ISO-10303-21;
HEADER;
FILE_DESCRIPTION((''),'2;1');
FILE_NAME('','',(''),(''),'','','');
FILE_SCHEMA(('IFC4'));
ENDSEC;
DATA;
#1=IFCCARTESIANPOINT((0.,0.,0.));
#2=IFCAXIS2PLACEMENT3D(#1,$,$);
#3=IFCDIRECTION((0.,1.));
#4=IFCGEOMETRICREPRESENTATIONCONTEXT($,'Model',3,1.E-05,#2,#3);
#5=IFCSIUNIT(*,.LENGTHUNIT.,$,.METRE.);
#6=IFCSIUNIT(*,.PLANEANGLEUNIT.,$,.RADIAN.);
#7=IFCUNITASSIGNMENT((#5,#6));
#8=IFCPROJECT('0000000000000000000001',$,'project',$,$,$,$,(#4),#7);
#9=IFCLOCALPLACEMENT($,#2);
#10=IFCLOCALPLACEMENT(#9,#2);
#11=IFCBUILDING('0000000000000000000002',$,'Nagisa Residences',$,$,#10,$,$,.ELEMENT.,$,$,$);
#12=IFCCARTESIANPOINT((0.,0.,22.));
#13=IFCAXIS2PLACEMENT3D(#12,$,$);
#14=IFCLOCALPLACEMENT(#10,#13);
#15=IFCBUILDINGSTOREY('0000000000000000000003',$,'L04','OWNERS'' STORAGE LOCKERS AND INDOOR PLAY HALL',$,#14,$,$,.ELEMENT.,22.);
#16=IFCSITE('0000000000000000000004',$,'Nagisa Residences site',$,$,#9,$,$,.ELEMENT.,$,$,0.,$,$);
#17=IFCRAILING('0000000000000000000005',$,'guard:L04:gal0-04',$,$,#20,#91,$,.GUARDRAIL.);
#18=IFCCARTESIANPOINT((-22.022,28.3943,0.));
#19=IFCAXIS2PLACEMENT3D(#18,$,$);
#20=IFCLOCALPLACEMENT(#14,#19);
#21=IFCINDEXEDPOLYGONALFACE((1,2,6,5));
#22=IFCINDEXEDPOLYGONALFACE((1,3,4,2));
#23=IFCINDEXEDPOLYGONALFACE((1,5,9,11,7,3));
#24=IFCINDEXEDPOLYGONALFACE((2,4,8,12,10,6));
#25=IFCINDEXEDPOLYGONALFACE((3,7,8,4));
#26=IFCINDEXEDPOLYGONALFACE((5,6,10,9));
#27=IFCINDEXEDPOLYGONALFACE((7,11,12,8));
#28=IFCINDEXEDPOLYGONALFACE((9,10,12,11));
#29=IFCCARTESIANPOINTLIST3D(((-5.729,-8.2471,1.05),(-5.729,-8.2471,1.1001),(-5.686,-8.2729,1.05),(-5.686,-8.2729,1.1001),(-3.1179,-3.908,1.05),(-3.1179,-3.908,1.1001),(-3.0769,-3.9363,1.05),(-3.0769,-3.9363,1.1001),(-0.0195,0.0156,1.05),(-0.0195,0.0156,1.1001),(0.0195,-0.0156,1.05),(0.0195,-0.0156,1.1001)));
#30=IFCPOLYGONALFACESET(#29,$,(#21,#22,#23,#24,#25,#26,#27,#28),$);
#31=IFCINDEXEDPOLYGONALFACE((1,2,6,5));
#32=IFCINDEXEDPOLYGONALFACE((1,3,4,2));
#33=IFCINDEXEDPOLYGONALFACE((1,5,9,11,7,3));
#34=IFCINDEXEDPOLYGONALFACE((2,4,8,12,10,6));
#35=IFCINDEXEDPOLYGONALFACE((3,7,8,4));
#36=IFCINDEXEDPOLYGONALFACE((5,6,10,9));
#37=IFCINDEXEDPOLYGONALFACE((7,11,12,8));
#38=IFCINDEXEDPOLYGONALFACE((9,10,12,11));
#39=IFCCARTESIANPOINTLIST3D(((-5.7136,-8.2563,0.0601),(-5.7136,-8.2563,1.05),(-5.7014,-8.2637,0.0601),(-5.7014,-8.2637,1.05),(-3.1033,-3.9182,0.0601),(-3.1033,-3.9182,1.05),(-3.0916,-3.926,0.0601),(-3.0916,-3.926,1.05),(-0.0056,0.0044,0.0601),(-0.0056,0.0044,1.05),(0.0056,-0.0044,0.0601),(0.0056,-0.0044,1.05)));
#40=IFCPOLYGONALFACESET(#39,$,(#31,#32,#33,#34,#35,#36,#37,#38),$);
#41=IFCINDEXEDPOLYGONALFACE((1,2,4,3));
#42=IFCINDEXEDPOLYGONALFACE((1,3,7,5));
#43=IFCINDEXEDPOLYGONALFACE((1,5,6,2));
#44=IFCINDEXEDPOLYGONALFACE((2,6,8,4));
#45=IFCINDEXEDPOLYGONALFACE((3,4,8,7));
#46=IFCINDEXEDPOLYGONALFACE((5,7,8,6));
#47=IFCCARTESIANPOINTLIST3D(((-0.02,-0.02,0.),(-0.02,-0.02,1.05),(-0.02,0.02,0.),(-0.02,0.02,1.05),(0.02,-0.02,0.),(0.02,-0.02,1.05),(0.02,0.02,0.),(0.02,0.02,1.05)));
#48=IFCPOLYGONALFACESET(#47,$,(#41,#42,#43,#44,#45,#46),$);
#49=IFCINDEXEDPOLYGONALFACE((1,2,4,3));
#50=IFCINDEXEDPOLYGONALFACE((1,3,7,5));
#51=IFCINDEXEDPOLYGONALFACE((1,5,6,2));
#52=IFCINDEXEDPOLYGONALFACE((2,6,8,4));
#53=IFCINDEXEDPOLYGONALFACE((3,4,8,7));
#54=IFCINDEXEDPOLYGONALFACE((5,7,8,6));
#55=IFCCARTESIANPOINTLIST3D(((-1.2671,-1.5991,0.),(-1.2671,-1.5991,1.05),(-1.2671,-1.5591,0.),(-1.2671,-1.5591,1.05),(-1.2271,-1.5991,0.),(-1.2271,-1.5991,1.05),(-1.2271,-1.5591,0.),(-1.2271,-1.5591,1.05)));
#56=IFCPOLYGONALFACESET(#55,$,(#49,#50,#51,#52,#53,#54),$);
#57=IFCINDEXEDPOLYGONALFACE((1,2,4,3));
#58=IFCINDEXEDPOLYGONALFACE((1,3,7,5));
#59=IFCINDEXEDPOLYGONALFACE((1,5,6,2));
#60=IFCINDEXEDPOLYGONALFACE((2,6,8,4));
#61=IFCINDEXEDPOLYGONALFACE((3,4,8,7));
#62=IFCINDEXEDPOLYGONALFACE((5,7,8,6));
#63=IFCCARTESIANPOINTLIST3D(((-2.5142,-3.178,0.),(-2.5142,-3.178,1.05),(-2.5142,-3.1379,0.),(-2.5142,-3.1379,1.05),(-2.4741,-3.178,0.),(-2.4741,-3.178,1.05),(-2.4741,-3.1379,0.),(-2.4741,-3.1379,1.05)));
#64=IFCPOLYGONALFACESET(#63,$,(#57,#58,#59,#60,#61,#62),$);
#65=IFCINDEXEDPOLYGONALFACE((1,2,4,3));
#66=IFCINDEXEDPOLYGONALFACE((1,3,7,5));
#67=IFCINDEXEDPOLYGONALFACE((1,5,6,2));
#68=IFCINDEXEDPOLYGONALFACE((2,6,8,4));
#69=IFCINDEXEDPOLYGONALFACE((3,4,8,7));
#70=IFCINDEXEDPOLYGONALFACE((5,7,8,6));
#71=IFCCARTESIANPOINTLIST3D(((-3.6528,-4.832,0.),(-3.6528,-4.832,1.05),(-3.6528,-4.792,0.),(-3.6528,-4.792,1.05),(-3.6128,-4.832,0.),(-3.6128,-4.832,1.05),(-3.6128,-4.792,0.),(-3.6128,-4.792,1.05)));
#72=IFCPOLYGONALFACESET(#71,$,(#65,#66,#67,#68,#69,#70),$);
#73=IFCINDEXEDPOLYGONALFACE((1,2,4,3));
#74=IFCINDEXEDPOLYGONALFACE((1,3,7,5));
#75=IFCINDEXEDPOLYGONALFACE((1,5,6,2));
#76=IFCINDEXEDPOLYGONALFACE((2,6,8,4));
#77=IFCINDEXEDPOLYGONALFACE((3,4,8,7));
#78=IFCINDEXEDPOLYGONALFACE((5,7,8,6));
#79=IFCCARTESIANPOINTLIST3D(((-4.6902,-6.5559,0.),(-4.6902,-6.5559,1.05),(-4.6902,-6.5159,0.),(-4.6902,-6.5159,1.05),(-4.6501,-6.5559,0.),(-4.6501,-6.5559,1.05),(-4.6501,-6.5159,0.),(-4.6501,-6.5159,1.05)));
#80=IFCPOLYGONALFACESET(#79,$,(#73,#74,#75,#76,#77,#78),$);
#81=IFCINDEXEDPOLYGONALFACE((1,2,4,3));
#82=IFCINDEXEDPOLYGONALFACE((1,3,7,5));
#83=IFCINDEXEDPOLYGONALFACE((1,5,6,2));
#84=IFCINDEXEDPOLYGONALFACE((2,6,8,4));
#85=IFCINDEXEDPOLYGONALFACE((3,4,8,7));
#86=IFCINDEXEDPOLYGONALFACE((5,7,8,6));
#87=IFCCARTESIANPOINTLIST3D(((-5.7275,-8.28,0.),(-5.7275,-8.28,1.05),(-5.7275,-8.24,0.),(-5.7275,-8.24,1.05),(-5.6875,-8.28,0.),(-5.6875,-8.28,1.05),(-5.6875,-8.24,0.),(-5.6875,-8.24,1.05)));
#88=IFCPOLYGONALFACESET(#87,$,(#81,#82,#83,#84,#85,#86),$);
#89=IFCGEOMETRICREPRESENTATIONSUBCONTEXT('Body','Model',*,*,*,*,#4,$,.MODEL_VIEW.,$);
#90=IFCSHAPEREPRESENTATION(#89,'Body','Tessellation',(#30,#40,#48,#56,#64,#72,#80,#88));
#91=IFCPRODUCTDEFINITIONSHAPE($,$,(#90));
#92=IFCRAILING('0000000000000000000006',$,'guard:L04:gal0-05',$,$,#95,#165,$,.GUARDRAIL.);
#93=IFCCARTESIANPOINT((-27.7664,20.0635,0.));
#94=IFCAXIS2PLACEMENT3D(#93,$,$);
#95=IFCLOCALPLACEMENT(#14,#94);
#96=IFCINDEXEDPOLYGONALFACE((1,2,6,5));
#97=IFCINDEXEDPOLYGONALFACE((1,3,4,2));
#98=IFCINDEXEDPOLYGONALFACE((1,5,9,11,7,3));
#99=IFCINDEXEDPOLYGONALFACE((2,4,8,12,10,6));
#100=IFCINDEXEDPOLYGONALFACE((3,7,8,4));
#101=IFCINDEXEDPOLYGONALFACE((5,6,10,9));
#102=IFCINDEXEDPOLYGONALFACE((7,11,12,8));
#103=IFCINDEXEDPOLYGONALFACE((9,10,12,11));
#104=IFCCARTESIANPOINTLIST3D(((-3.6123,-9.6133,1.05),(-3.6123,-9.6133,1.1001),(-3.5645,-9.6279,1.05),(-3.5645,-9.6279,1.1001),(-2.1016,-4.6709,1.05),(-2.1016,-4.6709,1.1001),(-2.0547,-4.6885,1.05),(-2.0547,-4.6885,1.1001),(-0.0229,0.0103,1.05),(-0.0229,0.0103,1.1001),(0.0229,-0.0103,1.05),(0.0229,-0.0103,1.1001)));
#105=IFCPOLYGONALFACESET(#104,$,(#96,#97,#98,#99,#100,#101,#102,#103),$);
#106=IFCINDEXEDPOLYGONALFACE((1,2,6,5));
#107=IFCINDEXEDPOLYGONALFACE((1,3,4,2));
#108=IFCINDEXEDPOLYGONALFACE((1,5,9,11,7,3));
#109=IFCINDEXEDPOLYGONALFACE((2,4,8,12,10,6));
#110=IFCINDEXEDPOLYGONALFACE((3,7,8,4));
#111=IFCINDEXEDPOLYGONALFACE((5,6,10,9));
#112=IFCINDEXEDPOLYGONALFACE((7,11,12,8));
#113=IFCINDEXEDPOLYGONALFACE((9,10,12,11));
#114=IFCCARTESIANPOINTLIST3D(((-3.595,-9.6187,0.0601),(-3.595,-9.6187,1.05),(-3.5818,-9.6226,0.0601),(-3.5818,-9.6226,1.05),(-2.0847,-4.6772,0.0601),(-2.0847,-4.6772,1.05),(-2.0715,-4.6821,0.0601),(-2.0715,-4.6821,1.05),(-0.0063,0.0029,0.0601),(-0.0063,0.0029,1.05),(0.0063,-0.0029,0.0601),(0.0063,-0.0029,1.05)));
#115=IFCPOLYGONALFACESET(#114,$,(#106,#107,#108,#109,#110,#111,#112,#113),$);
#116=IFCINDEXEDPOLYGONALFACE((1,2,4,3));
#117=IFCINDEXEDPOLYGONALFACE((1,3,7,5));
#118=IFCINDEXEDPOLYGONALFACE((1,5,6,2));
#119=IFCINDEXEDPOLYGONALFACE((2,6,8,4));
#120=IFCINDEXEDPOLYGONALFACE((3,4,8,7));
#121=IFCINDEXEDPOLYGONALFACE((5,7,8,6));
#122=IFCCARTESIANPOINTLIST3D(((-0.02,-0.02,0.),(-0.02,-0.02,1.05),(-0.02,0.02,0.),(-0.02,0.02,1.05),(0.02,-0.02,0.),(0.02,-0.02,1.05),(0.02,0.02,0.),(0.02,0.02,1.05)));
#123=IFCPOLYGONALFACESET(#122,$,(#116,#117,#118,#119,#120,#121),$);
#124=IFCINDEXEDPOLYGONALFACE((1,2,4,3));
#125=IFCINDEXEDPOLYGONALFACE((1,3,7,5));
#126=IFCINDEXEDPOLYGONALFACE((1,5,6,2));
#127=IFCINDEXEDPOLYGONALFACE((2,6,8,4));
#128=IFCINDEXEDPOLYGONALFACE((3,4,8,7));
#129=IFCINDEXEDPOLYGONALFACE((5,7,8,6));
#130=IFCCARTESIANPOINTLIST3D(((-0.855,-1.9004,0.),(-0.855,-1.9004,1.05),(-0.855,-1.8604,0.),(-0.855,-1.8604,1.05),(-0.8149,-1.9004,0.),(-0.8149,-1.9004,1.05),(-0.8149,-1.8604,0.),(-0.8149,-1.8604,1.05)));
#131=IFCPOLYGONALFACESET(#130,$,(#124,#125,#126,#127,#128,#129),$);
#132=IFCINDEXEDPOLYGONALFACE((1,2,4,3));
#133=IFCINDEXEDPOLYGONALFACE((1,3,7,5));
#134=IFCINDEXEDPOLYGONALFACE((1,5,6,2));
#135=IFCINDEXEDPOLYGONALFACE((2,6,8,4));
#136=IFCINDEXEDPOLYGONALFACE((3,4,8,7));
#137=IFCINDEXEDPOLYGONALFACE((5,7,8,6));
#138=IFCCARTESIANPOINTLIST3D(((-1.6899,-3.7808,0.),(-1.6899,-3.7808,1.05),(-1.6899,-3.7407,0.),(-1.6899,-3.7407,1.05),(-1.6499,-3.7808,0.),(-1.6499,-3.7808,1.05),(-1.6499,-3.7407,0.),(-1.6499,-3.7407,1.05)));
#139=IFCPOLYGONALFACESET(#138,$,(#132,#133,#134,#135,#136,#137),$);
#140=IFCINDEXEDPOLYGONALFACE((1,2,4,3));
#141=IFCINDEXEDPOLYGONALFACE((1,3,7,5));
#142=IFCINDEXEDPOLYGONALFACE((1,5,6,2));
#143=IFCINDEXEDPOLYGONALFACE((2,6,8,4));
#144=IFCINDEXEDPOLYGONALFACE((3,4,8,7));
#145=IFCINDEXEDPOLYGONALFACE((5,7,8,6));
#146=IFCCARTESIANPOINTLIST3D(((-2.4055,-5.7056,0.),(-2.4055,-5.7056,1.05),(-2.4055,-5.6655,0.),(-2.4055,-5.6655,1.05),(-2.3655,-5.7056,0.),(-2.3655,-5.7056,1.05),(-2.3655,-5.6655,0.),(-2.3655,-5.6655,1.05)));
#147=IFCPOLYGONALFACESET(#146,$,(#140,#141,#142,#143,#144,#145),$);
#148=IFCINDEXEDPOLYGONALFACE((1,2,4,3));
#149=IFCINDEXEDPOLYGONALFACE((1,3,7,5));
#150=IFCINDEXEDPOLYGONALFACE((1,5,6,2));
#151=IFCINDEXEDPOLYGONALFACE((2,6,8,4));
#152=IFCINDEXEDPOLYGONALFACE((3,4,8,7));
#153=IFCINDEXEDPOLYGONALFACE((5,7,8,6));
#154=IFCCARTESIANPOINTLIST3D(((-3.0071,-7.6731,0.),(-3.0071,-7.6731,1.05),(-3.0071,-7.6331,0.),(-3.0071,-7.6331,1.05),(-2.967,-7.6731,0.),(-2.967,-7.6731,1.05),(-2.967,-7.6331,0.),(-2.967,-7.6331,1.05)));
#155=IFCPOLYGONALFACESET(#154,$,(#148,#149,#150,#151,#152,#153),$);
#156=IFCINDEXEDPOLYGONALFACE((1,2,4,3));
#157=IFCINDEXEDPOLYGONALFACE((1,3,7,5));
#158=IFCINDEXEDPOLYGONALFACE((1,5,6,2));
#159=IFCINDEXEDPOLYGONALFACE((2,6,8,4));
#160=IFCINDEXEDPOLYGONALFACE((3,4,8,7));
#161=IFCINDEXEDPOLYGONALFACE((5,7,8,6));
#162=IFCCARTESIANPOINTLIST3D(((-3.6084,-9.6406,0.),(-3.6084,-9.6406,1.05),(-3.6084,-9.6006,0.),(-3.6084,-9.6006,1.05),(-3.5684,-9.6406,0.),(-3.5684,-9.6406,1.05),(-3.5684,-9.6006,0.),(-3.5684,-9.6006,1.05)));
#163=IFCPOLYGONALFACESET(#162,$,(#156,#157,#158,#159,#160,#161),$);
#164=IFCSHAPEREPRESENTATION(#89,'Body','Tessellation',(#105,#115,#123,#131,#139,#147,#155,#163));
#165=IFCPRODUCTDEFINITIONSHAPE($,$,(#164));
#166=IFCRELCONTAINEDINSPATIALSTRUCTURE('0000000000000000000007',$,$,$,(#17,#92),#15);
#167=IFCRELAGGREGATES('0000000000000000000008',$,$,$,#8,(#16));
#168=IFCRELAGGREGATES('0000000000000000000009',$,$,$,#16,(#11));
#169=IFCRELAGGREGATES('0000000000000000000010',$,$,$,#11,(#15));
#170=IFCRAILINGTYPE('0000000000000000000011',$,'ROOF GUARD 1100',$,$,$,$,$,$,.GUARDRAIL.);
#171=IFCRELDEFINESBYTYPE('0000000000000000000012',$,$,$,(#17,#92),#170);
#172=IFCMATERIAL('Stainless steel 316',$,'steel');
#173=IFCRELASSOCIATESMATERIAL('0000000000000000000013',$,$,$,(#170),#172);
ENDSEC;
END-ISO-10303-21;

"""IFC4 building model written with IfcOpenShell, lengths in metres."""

from ifc_helpers import new_model, si_unit, direction, frame, origin, origin_2d, place, context, subcontext, project, spatial, polyline, rectangle, outline, extrude, material, type_object, element, save


model = new_model("IFC4")

# Units and contexts
model_context = context("Model", 3, precision=1e-05, world=origin(), true_north=direction((0.0, 1.0)))
body_context = subcontext(model_context, "Body", "Model", "MODEL_VIEW")
ifc_project = project(units=[si_unit("LENGTHUNIT", "METRE"), si_unit("PLANEANGLEUNIT", "RADIAN")], contexts=[model_context])

# Site, building, storey
site_placement = place(None, origin())
site = spatial("IfcSite", under=ifc_project, at=site_placement, Name="Nagisa Residences site", CompositionType="ELEMENT", RefElevation=0.0)
building_placement = place(site_placement, origin())
building = spatial("IfcBuilding", under=site, at=building_placement, Name="Nagisa Residences", CompositionType="ELEMENT")
storey_placement = place(building_placement, frame((0.0, 0.0, 22.0)))
storey = spatial("IfcBuildingStorey", under=building, at=storey_placement, Name="L04", Description="OWNERS' STORAGE LOCKERS AND INDOOR PLAY HALL", CompositionType="ELEMENT", Elevation=22.0)

# Railings
ifc_material_1 = material(Name="Stainless steel 316", Category="steel")
railing_type = type_object("IfcRailingType", Name="ROOF GUARD 1100", PredefinedType="GUARDRAIL", material=ifc_material_1)
railing_1_placement = place(storey_placement, frame((-22.022, 28.3943, 0.0)))
element("IfcRailing", 1, at=railing_1_placement, inside=storey, type_object=railing_type, Name="guard:L04:gal0-04", PredefinedType="GUARDRAIL", context=body_context, shape_type="SweptSolid", body=[
    extrude(outline(polyline([(-3.0769, -3.9363), (0.0195, -0.0156), (-0.0195, 0.0156), (-3.1179, -3.908), (-5.729, -8.2471), (-5.686, -8.2729), (-3.0769, -3.9363)])), frame((0.0, 0.0, 1.05)), (0.0, 0.0, 1.0), 0.05),
    extrude(outline(polyline([(-3.0916, -3.926), (0.0056, -0.0044), (-0.0056, 0.0044), (-3.1033, -3.9182), (-5.7136, -8.2563), (-5.7014, -8.2637), (-3.0916, -3.926)])), frame((0.0, 0.0, 0.0601)), (0.0, 0.0, 1.0), 0.99),
    extrude(rectangle(XDim=0.04, YDim=0.04, at=origin_2d()), origin(), (0.0, 0.0, 1.0), 1.05),
    extrude(rectangle(XDim=0.04, YDim=0.04, at=origin_2d()), frame((-1.2471, -1.5791, 0.0)), (0.0, 0.0, 1.0), 1.05),
    extrude(rectangle(XDim=0.04, YDim=0.04, at=origin_2d()), frame((-2.4941, -3.158, 0.0)), (0.0, 0.0, 1.0), 1.05),
    extrude(rectangle(XDim=0.04, YDim=0.04, at=origin_2d()), frame((-3.6328, -4.812, 0.0)), (0.0, 0.0, 1.0), 1.05),
    extrude(rectangle(XDim=0.04, YDim=0.04, at=origin_2d()), frame((-4.6702, -6.5359, 0.0)), (0.0, 0.0, 1.0), 1.05),
    extrude(rectangle(XDim=0.04, YDim=0.04, at=origin_2d()), frame((-5.7075, -8.26, 0.0)), (0.0, 0.0, 1.0), 1.05),
])
railing_2_placement = place(storey_placement, frame((-27.7664, 20.0635, 0.0)))
element("IfcRailing", 2, at=railing_2_placement, inside=storey, type_object=railing_type, Name="guard:L04:gal0-05", PredefinedType="GUARDRAIL", context=body_context, shape_type="SweptSolid", body=[
    extrude(outline(polyline([(-2.0547, -4.6885), (0.0229, -0.0103), (-0.0229, 0.0103), (-2.1016, -4.6709), (-3.6123, -9.6133), (-3.5645, -9.6279), (-2.0547, -4.6885)])), frame((0.0, 0.0, 1.05)), (0.0, 0.0, 1.0), 0.05),
    extrude(outline(polyline([(-2.0715, -4.6821), (0.0063, -0.0029), (-0.0063, 0.0029), (-2.0847, -4.6772), (-3.595, -9.6187), (-3.5818, -9.6226), (-2.0715, -4.6821)])), frame((0.0, 0.0, 0.0601)), (0.0, 0.0, 1.0), 0.99),
    extrude(rectangle(XDim=0.04, YDim=0.04, at=origin_2d()), origin(), (0.0, 0.0, 1.0), 1.05),
    extrude(rectangle(XDim=0.04, YDim=0.04, at=origin_2d()), frame((-0.835, -1.8804, 0.0)), (0.0, 0.0, 1.0), 1.05),
    extrude(rectangle(XDim=0.04, YDim=0.04, at=origin_2d()), frame((-1.6699, -3.7607, 0.0)), (0.0, 0.0, 1.0), 1.05),
    extrude(rectangle(XDim=0.04, YDim=0.04, at=origin_2d()), frame((-2.3855, -5.6855, 0.0)), (0.0, 0.0, 1.0), 1.05),
    extrude(rectangle(XDim=0.04, YDim=0.04, at=origin_2d()), frame((-2.9871, -7.6531, 0.0)), (0.0, 0.0, 1.0), 1.05),
    extrude(rectangle(XDim=0.04, YDim=0.04, at=origin_2d()), frame((-3.5884, -9.6206, 0.0)), (0.0, 0.0, 1.0), 1.05),
])

save(model, "model.ifc")
